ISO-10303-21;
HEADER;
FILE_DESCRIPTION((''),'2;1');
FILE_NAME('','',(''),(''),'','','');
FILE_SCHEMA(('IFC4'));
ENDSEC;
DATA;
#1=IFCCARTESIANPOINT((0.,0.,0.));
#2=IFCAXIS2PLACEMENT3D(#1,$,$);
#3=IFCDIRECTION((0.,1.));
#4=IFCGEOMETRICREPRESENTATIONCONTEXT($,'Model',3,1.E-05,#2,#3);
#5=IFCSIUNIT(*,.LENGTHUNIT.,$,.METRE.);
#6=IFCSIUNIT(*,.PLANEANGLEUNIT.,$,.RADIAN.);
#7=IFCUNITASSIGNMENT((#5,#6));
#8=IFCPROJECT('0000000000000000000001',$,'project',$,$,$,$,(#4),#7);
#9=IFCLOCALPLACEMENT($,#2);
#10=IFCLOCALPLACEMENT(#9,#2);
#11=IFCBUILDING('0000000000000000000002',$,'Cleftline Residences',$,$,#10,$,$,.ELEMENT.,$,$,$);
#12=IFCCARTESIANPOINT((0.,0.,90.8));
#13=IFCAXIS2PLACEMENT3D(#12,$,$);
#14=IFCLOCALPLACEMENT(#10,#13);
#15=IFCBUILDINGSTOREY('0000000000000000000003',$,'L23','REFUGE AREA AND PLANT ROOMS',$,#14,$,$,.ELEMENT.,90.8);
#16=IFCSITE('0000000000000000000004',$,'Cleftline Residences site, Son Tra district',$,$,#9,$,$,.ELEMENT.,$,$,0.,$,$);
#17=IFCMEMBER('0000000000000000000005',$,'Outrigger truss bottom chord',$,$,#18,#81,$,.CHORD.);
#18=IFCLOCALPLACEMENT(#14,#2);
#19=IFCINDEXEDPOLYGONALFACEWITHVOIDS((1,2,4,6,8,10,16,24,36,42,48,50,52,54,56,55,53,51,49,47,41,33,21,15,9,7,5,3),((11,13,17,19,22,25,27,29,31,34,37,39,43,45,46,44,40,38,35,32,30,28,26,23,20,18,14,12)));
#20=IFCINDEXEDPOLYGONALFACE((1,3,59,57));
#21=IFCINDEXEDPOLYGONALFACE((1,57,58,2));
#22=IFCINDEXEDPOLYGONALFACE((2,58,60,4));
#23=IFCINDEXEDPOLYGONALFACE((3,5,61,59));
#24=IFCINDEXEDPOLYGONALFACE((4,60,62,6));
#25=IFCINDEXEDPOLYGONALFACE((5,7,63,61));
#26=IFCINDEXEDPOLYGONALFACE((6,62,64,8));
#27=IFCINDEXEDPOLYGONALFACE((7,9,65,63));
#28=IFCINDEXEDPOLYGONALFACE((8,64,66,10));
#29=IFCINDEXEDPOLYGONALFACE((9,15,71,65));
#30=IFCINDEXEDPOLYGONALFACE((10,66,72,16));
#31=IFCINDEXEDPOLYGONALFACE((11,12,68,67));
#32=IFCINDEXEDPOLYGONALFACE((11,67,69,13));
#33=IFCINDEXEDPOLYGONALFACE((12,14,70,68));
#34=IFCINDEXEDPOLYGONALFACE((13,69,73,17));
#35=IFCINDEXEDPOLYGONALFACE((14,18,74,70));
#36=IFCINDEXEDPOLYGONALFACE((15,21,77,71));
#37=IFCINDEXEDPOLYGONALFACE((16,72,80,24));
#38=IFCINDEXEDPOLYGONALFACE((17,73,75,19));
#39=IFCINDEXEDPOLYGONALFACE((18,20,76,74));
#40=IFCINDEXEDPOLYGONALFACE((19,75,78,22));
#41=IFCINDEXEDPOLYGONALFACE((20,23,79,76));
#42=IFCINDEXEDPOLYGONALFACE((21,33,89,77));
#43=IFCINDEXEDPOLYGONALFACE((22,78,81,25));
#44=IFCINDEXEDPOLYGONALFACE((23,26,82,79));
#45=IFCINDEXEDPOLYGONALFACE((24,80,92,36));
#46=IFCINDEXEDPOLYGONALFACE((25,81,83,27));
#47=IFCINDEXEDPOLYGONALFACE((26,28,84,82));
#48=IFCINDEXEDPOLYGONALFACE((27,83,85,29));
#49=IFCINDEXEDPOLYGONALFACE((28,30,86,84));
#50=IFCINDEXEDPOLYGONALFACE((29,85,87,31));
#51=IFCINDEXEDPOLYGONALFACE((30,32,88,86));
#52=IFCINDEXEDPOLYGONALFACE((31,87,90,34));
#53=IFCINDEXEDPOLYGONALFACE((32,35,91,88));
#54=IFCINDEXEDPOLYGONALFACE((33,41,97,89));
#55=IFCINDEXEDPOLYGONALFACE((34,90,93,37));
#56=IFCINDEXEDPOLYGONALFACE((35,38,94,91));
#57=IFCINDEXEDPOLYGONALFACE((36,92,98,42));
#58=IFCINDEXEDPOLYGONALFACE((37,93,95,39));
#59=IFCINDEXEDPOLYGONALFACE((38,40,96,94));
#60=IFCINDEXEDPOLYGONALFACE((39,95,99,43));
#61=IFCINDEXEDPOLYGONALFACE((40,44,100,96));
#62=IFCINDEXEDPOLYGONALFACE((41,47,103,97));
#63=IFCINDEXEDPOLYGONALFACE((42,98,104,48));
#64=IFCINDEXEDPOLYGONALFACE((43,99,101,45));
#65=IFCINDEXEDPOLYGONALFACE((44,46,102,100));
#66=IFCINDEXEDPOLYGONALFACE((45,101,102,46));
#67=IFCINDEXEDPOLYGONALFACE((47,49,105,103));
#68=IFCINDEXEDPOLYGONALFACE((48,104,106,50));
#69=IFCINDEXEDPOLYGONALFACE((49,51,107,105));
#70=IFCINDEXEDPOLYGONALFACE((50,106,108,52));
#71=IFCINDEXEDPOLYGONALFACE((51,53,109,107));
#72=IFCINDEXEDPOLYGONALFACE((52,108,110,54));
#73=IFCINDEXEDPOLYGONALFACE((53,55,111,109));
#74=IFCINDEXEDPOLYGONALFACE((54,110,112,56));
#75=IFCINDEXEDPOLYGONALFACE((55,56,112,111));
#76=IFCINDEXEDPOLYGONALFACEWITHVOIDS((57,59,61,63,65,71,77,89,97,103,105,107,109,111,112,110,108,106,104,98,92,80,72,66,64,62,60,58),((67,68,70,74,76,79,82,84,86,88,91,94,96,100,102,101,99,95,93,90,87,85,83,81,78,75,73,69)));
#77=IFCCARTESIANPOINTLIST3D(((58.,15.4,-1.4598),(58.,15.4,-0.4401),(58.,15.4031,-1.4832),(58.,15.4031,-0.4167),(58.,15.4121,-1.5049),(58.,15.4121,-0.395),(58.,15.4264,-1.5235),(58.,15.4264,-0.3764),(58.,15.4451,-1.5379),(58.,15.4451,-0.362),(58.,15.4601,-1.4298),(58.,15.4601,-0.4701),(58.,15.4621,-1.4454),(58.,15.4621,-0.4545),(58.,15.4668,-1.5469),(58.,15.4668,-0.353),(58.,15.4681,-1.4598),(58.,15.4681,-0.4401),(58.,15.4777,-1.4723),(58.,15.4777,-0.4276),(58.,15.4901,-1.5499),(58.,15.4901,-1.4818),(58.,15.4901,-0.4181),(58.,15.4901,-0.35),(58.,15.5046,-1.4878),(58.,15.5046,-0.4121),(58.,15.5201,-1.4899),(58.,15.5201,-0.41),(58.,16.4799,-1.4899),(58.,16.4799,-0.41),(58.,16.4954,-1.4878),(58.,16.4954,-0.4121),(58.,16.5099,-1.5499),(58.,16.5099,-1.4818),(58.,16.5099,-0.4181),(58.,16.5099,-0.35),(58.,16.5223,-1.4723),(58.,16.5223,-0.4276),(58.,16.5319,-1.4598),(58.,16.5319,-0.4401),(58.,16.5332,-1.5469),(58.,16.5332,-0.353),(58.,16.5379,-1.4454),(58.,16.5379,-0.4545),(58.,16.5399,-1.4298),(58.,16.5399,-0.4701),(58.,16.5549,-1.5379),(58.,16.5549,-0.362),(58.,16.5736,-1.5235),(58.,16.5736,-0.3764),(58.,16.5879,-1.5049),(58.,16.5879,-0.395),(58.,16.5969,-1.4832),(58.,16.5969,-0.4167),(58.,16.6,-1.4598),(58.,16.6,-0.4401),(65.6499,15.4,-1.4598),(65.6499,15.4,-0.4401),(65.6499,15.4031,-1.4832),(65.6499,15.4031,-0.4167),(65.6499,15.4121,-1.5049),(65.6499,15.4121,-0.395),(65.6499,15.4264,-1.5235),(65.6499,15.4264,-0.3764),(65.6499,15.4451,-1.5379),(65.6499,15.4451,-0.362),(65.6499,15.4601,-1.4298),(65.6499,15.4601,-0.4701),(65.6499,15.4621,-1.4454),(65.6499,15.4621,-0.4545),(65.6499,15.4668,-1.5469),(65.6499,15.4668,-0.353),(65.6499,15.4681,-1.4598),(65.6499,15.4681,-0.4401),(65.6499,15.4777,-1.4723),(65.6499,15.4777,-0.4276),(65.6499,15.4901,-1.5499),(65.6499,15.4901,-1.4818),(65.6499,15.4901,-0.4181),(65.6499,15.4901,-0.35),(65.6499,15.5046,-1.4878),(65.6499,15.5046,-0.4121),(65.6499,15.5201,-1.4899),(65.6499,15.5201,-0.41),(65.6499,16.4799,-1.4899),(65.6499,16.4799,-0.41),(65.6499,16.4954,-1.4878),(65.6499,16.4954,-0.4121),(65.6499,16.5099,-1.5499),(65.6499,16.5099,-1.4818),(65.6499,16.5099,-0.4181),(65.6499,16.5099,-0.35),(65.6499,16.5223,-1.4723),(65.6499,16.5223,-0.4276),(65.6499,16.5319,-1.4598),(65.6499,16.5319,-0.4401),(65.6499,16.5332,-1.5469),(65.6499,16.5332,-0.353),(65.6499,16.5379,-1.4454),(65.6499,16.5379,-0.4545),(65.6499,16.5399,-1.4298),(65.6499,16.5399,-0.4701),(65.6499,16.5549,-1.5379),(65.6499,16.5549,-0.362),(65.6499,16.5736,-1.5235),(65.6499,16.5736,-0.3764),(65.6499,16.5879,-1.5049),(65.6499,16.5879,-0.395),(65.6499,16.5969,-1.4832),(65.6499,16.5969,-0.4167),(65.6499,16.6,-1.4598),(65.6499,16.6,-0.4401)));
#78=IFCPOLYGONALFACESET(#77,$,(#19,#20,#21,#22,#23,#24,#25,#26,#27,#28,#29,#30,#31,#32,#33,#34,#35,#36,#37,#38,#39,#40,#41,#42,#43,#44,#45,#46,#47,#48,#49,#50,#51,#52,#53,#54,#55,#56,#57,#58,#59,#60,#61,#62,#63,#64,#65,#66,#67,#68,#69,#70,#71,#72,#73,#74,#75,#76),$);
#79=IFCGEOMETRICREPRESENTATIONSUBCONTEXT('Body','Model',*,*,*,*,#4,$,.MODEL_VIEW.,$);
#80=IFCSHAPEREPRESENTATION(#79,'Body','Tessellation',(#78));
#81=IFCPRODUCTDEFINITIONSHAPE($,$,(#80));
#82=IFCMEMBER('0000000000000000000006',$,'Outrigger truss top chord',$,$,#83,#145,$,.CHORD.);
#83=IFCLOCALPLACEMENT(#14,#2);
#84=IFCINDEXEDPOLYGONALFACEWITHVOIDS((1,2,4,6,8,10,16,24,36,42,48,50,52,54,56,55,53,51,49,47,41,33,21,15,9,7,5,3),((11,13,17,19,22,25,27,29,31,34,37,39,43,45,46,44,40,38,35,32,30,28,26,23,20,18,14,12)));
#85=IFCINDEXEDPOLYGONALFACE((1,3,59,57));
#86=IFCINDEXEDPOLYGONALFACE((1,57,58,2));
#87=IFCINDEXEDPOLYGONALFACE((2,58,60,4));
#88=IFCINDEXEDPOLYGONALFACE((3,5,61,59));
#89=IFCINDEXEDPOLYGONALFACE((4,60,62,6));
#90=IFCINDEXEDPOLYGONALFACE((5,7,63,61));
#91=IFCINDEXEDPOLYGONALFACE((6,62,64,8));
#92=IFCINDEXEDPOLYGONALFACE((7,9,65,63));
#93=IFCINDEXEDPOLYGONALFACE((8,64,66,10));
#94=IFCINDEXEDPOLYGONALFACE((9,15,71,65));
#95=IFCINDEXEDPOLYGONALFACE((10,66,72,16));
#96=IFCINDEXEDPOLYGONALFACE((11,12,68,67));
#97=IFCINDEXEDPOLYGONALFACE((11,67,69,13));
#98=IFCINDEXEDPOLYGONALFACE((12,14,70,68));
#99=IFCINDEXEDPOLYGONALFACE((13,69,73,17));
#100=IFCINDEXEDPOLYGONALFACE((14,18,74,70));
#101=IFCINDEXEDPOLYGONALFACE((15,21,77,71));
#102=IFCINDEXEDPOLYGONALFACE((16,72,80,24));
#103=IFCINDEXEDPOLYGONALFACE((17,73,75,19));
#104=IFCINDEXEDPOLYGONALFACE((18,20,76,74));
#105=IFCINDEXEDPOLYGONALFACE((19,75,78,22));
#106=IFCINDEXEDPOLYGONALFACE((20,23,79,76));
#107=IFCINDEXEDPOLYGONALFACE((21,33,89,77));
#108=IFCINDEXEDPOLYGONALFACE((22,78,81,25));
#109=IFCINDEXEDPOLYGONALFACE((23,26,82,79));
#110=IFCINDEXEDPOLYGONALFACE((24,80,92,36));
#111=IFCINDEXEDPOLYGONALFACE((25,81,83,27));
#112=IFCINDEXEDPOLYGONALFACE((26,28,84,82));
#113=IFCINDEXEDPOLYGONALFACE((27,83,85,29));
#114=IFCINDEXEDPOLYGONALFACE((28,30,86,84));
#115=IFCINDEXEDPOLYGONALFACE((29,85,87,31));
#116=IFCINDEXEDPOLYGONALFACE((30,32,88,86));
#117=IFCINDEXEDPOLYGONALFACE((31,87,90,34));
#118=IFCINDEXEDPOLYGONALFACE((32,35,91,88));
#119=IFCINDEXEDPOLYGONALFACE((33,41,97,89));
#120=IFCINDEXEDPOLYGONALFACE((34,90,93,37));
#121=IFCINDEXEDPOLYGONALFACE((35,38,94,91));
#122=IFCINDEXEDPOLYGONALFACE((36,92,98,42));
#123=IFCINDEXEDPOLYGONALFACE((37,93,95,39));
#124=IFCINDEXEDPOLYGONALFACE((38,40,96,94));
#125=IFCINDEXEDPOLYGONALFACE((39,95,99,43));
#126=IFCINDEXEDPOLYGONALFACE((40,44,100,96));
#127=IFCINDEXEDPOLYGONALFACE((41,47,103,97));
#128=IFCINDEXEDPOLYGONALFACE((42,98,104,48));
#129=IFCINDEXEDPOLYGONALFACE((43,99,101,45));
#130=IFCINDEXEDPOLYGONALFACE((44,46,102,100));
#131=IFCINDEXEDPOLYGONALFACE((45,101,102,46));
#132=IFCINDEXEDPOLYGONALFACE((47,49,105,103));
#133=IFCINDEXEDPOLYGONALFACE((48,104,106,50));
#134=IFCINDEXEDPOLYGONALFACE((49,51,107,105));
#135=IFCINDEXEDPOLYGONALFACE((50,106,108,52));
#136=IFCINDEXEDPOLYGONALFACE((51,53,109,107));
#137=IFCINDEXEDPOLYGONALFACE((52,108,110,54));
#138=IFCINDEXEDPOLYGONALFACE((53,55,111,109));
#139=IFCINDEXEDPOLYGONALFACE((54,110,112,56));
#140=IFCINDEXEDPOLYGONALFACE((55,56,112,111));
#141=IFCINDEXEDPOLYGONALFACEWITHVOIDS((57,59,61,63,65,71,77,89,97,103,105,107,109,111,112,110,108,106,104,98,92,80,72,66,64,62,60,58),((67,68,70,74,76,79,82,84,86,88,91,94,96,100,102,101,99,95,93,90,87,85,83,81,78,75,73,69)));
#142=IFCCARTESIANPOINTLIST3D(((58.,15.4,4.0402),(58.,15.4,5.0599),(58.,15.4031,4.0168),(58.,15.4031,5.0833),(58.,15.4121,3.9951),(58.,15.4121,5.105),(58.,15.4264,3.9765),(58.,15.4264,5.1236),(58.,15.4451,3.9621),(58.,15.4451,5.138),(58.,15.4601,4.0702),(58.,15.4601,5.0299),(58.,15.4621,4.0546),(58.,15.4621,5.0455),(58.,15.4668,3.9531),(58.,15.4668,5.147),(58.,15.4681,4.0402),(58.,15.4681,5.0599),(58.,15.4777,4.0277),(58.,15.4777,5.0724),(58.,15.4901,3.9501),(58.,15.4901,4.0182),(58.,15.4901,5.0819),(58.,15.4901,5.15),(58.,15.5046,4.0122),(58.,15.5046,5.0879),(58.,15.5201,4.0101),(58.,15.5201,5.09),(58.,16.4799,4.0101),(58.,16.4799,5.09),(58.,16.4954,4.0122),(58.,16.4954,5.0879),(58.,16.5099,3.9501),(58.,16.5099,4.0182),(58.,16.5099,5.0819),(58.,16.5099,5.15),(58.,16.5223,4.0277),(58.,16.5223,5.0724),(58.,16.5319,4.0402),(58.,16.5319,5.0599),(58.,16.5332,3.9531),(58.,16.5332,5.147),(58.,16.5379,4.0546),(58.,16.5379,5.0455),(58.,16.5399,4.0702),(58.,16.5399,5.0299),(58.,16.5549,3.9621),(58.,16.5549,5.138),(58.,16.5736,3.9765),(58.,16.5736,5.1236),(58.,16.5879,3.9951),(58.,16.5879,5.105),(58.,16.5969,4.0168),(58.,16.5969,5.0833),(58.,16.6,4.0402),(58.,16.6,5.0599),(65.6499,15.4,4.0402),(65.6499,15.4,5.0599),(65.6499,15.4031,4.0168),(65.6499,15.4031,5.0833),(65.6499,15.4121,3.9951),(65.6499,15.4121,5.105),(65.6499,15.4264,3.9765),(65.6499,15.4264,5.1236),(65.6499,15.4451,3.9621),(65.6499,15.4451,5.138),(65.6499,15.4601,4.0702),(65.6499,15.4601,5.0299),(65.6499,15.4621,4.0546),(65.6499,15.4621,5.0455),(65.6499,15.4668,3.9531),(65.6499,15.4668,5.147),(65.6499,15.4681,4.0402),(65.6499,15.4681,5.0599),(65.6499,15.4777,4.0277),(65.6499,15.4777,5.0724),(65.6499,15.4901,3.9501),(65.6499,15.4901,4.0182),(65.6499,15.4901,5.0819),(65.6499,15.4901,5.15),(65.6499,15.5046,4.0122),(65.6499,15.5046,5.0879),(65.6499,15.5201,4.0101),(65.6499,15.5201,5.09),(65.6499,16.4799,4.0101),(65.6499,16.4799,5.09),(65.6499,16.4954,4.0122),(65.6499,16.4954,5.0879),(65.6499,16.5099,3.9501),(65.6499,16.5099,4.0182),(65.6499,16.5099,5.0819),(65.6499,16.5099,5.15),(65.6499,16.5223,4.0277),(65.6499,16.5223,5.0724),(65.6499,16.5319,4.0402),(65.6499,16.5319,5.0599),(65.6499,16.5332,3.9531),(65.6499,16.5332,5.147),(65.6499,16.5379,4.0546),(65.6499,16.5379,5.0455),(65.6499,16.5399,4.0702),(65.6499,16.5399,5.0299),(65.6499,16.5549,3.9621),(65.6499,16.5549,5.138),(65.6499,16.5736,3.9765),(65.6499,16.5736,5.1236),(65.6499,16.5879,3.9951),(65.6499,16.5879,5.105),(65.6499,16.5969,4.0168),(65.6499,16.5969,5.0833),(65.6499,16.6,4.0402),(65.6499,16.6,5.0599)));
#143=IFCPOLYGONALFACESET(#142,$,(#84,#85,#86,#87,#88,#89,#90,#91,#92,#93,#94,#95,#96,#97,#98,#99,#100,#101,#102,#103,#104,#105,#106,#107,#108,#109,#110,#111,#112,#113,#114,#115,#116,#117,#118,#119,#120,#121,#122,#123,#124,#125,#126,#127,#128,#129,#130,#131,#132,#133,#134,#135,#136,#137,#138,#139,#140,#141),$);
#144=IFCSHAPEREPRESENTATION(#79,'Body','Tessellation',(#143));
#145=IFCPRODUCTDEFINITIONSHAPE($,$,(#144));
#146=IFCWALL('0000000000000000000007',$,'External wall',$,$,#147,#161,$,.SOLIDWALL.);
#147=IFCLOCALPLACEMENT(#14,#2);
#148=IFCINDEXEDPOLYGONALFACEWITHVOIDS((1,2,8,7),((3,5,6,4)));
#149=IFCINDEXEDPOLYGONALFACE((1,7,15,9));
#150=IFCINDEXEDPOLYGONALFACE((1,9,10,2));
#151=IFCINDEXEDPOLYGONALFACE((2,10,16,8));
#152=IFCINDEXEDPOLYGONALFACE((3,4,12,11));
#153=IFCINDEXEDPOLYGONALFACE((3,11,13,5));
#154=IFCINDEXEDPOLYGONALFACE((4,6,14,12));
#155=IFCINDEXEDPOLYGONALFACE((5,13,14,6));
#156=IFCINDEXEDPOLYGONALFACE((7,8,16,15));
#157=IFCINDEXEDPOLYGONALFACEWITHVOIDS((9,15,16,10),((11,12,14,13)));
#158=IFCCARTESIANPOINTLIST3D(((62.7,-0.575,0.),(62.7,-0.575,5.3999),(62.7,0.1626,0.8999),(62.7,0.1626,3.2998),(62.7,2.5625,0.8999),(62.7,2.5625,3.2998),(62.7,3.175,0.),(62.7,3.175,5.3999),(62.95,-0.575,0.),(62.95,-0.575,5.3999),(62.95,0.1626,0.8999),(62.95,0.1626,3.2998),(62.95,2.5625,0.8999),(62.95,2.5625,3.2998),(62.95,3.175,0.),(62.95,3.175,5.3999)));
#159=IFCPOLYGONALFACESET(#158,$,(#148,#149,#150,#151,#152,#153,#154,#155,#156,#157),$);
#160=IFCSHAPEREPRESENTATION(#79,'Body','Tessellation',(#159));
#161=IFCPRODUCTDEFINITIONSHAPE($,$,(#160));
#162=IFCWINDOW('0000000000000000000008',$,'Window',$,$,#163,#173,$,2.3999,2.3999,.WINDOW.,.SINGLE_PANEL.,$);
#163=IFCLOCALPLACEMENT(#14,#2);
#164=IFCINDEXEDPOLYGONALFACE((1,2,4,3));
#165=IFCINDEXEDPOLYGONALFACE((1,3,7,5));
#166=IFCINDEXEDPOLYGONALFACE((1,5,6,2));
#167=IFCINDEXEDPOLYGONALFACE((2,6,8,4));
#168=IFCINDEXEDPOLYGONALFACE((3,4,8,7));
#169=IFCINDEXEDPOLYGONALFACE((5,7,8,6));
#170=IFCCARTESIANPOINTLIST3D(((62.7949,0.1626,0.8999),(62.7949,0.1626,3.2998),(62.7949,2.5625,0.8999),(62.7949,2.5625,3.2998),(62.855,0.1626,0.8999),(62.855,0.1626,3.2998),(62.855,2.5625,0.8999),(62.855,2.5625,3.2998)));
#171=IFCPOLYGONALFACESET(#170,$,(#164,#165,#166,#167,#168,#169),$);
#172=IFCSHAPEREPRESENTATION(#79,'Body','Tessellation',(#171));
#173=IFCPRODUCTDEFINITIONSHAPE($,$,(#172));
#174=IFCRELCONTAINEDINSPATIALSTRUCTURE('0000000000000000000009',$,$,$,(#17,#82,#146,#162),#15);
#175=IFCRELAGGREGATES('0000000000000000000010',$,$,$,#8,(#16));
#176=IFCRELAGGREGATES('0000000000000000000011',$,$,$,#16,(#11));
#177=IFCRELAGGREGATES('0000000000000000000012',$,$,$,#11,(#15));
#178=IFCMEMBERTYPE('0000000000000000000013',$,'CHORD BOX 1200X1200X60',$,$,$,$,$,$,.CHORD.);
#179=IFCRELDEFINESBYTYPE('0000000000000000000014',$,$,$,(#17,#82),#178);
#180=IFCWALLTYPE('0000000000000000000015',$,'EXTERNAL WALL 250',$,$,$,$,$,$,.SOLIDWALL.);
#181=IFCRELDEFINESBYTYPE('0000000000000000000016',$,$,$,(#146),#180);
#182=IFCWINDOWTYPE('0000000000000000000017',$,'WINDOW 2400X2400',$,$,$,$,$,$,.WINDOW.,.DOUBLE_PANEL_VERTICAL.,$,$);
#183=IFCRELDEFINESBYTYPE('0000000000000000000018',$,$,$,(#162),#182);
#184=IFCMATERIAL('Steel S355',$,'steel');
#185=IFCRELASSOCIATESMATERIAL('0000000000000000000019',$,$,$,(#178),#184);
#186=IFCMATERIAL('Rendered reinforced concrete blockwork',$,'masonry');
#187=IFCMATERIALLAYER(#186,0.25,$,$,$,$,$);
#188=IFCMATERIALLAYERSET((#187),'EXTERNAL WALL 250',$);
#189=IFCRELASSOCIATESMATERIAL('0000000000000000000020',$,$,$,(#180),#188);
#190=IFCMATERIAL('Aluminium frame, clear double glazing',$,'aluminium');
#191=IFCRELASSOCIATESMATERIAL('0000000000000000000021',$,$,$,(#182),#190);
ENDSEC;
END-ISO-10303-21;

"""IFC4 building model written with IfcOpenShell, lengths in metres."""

from ifc_helpers import new_model, si_unit, direction, frame, frame_2d, origin, origin_2d, place, context, subcontext, project, spatial, rectangle, hollow_rectangle, extrude, material, layer, layer_set, material_profile, profile_set, type_object, element, fill, save


model = new_model("IFC4")

# Units and contexts
model_context = context("Model", 3, precision=1e-05, world=origin(), true_north=direction((0.0, 1.0)))
body_context = subcontext(model_context, "Body", "Model", "MODEL_VIEW")
ifc_project = project(units=[si_unit("LENGTHUNIT", "METRE"), si_unit("PLANEANGLEUNIT", "RADIAN")], contexts=[model_context])

# Site, building, storey
site_placement = place(None, origin())
site = spatial("IfcSite", under=ifc_project, at=site_placement, Name="Cleftline Residences site, Son Tra district", CompositionType="ELEMENT", RefElevation=0.0)
building_placement = place(site_placement, origin())
building = spatial("IfcBuilding", under=site, at=building_placement, Name="Cleftline Residences", CompositionType="ELEMENT")
storey_placement = place(building_placement, frame((0.0, 0.0, 90.8)))
storey = spatial("IfcBuildingStorey", under=building, at=storey_placement, Name="L23", Description="REFUGE AREA AND PLANT ROOMS", CompositionType="ELEMENT", Elevation=90.8)

# Members
ifc_material_1 = material(Name="Steel S355", Category="steel")
ifc_material_profile_1 = material_profile(ifc_material_1, hollow_rectangle(XDim=1.2, YDim=1.2, WallThickness=0.0601, InnerFilletRadius=0.0601, OuterFilletRadius=0.0901, at=origin_2d()))
ifc_profile_set_1 = profile_set([ifc_material_profile_1], Name="Steel S355")
member_type_1 = type_object("IfcMemberType", Name="CHORD BOX 1200X1200X60", PredefinedType="CHORD", material=ifc_profile_set_1)
for number, where, z_axis, x_axis, name in (
    (1, (58.0, 16.0, -0.95), (1.0, 0.0, 0.0), (0.0, 1.0, 0.0), "Outrigger truss bottom chord"),
    (2, (58.0, 16.0, 4.55), (1.0, 0.0, 0.0), (0.0, 1.0, 0.0), "Outrigger truss top chord"),
):
    element("IfcMember", number, at=place(storey_placement, frame(where, z_axis=z_axis, x_axis=x_axis)), inside=storey, type_object=member_type_1, Name=name, PredefinedType="CHORD", context=body_context, shape_type="SweptSolid", body=[
        extrude(hollow_rectangle(XDim=1.2, YDim=1.2, WallThickness=0.0601, InnerFilletRadius=0.0601, OuterFilletRadius=0.0901, at=origin_2d()), origin(), (0.0, 0.0, 1.0), 7.6499),
    ])

# Wall, opening, window
ifc_material_2 = material(Name="Rendered reinforced concrete blockwork", Category="masonry")
ifc_layer_1 = layer(ifc_material_2, 0.25)
ifc_layer_set_1 = layer_set([ifc_layer_1], Name="EXTERNAL WALL 250")
wall_type_1 = type_object("IfcWallType", Name="EXTERNAL WALL 250", PredefinedType="SOLIDWALL", material=ifc_layer_set_1)
wall_1_placement = place(storey_placement, frame((62.825, -0.575, 0.0), z_axis=(0.0, 0.0, 1.0), x_axis=(0.0, 1.0, 0.0)))
wall_1 = element("IfcWall", 3, at=wall_1_placement, inside=storey, type_object=wall_type_1, Name="External wall", PredefinedType="SOLIDWALL", context=body_context, shape_type="SweptSolid", body=[
    extrude(rectangle(XDim=3.75, YDim=0.25, at=frame_2d((1.875, 0.0))), origin(), (0.0, 0.0, 1.0), 5.3999),
])
opening_1_placement = place(wall_1_placement, frame((0.7375, 0.0, 0.8999)))
opening_1 = element("IfcOpeningElement", 4, at=opening_1_placement, cuts=wall_1, PredefinedType="OPENING", context=body_context, shape_type="SweptSolid", body=[
    extrude(rectangle(XDim=2.3999, YDim=2.3999, at=frame_2d((1.2, 1.2))), frame((0.0, 0.135, 0.0), z_axis=(0.0, -1.0, 0.0), x_axis=(1.0, 0.0, 0.0)), (0.0, 0.0, 1.0), 0.27),
])
ifc_material_3 = material(Name="Aluminium frame, clear double glazing", Category="aluminium")
window_type = type_object("IfcWindowType", Name="WINDOW 2400X2400", PartitioningType="DOUBLE_PANEL_VERTICAL", PredefinedType="WINDOW", material=ifc_material_3)
window_1_placement = place(opening_1_placement, origin())
window_1 = element("IfcWindow", 5, at=window_1_placement, inside=storey, type_object=window_type, Name="Window", OverallHeight=2.3999, OverallWidth=2.3999, PartitioningType="SINGLE_PANEL", PredefinedType="WINDOW", context=body_context, shape_type="SweptSolid", body=[
    extrude(rectangle(XDim=2.3999, YDim=2.3999, at=frame_2d((1.2, 1.2))), frame((0.0, 0.03, 0.0), z_axis=(0.0, -1.0, 0.0), x_axis=(1.0, 0.0, 0.0)), (0.0, 0.0, 1.0), 0.0601),
])
fill(opening_1, window_1)

save(model, "model.ifc")
